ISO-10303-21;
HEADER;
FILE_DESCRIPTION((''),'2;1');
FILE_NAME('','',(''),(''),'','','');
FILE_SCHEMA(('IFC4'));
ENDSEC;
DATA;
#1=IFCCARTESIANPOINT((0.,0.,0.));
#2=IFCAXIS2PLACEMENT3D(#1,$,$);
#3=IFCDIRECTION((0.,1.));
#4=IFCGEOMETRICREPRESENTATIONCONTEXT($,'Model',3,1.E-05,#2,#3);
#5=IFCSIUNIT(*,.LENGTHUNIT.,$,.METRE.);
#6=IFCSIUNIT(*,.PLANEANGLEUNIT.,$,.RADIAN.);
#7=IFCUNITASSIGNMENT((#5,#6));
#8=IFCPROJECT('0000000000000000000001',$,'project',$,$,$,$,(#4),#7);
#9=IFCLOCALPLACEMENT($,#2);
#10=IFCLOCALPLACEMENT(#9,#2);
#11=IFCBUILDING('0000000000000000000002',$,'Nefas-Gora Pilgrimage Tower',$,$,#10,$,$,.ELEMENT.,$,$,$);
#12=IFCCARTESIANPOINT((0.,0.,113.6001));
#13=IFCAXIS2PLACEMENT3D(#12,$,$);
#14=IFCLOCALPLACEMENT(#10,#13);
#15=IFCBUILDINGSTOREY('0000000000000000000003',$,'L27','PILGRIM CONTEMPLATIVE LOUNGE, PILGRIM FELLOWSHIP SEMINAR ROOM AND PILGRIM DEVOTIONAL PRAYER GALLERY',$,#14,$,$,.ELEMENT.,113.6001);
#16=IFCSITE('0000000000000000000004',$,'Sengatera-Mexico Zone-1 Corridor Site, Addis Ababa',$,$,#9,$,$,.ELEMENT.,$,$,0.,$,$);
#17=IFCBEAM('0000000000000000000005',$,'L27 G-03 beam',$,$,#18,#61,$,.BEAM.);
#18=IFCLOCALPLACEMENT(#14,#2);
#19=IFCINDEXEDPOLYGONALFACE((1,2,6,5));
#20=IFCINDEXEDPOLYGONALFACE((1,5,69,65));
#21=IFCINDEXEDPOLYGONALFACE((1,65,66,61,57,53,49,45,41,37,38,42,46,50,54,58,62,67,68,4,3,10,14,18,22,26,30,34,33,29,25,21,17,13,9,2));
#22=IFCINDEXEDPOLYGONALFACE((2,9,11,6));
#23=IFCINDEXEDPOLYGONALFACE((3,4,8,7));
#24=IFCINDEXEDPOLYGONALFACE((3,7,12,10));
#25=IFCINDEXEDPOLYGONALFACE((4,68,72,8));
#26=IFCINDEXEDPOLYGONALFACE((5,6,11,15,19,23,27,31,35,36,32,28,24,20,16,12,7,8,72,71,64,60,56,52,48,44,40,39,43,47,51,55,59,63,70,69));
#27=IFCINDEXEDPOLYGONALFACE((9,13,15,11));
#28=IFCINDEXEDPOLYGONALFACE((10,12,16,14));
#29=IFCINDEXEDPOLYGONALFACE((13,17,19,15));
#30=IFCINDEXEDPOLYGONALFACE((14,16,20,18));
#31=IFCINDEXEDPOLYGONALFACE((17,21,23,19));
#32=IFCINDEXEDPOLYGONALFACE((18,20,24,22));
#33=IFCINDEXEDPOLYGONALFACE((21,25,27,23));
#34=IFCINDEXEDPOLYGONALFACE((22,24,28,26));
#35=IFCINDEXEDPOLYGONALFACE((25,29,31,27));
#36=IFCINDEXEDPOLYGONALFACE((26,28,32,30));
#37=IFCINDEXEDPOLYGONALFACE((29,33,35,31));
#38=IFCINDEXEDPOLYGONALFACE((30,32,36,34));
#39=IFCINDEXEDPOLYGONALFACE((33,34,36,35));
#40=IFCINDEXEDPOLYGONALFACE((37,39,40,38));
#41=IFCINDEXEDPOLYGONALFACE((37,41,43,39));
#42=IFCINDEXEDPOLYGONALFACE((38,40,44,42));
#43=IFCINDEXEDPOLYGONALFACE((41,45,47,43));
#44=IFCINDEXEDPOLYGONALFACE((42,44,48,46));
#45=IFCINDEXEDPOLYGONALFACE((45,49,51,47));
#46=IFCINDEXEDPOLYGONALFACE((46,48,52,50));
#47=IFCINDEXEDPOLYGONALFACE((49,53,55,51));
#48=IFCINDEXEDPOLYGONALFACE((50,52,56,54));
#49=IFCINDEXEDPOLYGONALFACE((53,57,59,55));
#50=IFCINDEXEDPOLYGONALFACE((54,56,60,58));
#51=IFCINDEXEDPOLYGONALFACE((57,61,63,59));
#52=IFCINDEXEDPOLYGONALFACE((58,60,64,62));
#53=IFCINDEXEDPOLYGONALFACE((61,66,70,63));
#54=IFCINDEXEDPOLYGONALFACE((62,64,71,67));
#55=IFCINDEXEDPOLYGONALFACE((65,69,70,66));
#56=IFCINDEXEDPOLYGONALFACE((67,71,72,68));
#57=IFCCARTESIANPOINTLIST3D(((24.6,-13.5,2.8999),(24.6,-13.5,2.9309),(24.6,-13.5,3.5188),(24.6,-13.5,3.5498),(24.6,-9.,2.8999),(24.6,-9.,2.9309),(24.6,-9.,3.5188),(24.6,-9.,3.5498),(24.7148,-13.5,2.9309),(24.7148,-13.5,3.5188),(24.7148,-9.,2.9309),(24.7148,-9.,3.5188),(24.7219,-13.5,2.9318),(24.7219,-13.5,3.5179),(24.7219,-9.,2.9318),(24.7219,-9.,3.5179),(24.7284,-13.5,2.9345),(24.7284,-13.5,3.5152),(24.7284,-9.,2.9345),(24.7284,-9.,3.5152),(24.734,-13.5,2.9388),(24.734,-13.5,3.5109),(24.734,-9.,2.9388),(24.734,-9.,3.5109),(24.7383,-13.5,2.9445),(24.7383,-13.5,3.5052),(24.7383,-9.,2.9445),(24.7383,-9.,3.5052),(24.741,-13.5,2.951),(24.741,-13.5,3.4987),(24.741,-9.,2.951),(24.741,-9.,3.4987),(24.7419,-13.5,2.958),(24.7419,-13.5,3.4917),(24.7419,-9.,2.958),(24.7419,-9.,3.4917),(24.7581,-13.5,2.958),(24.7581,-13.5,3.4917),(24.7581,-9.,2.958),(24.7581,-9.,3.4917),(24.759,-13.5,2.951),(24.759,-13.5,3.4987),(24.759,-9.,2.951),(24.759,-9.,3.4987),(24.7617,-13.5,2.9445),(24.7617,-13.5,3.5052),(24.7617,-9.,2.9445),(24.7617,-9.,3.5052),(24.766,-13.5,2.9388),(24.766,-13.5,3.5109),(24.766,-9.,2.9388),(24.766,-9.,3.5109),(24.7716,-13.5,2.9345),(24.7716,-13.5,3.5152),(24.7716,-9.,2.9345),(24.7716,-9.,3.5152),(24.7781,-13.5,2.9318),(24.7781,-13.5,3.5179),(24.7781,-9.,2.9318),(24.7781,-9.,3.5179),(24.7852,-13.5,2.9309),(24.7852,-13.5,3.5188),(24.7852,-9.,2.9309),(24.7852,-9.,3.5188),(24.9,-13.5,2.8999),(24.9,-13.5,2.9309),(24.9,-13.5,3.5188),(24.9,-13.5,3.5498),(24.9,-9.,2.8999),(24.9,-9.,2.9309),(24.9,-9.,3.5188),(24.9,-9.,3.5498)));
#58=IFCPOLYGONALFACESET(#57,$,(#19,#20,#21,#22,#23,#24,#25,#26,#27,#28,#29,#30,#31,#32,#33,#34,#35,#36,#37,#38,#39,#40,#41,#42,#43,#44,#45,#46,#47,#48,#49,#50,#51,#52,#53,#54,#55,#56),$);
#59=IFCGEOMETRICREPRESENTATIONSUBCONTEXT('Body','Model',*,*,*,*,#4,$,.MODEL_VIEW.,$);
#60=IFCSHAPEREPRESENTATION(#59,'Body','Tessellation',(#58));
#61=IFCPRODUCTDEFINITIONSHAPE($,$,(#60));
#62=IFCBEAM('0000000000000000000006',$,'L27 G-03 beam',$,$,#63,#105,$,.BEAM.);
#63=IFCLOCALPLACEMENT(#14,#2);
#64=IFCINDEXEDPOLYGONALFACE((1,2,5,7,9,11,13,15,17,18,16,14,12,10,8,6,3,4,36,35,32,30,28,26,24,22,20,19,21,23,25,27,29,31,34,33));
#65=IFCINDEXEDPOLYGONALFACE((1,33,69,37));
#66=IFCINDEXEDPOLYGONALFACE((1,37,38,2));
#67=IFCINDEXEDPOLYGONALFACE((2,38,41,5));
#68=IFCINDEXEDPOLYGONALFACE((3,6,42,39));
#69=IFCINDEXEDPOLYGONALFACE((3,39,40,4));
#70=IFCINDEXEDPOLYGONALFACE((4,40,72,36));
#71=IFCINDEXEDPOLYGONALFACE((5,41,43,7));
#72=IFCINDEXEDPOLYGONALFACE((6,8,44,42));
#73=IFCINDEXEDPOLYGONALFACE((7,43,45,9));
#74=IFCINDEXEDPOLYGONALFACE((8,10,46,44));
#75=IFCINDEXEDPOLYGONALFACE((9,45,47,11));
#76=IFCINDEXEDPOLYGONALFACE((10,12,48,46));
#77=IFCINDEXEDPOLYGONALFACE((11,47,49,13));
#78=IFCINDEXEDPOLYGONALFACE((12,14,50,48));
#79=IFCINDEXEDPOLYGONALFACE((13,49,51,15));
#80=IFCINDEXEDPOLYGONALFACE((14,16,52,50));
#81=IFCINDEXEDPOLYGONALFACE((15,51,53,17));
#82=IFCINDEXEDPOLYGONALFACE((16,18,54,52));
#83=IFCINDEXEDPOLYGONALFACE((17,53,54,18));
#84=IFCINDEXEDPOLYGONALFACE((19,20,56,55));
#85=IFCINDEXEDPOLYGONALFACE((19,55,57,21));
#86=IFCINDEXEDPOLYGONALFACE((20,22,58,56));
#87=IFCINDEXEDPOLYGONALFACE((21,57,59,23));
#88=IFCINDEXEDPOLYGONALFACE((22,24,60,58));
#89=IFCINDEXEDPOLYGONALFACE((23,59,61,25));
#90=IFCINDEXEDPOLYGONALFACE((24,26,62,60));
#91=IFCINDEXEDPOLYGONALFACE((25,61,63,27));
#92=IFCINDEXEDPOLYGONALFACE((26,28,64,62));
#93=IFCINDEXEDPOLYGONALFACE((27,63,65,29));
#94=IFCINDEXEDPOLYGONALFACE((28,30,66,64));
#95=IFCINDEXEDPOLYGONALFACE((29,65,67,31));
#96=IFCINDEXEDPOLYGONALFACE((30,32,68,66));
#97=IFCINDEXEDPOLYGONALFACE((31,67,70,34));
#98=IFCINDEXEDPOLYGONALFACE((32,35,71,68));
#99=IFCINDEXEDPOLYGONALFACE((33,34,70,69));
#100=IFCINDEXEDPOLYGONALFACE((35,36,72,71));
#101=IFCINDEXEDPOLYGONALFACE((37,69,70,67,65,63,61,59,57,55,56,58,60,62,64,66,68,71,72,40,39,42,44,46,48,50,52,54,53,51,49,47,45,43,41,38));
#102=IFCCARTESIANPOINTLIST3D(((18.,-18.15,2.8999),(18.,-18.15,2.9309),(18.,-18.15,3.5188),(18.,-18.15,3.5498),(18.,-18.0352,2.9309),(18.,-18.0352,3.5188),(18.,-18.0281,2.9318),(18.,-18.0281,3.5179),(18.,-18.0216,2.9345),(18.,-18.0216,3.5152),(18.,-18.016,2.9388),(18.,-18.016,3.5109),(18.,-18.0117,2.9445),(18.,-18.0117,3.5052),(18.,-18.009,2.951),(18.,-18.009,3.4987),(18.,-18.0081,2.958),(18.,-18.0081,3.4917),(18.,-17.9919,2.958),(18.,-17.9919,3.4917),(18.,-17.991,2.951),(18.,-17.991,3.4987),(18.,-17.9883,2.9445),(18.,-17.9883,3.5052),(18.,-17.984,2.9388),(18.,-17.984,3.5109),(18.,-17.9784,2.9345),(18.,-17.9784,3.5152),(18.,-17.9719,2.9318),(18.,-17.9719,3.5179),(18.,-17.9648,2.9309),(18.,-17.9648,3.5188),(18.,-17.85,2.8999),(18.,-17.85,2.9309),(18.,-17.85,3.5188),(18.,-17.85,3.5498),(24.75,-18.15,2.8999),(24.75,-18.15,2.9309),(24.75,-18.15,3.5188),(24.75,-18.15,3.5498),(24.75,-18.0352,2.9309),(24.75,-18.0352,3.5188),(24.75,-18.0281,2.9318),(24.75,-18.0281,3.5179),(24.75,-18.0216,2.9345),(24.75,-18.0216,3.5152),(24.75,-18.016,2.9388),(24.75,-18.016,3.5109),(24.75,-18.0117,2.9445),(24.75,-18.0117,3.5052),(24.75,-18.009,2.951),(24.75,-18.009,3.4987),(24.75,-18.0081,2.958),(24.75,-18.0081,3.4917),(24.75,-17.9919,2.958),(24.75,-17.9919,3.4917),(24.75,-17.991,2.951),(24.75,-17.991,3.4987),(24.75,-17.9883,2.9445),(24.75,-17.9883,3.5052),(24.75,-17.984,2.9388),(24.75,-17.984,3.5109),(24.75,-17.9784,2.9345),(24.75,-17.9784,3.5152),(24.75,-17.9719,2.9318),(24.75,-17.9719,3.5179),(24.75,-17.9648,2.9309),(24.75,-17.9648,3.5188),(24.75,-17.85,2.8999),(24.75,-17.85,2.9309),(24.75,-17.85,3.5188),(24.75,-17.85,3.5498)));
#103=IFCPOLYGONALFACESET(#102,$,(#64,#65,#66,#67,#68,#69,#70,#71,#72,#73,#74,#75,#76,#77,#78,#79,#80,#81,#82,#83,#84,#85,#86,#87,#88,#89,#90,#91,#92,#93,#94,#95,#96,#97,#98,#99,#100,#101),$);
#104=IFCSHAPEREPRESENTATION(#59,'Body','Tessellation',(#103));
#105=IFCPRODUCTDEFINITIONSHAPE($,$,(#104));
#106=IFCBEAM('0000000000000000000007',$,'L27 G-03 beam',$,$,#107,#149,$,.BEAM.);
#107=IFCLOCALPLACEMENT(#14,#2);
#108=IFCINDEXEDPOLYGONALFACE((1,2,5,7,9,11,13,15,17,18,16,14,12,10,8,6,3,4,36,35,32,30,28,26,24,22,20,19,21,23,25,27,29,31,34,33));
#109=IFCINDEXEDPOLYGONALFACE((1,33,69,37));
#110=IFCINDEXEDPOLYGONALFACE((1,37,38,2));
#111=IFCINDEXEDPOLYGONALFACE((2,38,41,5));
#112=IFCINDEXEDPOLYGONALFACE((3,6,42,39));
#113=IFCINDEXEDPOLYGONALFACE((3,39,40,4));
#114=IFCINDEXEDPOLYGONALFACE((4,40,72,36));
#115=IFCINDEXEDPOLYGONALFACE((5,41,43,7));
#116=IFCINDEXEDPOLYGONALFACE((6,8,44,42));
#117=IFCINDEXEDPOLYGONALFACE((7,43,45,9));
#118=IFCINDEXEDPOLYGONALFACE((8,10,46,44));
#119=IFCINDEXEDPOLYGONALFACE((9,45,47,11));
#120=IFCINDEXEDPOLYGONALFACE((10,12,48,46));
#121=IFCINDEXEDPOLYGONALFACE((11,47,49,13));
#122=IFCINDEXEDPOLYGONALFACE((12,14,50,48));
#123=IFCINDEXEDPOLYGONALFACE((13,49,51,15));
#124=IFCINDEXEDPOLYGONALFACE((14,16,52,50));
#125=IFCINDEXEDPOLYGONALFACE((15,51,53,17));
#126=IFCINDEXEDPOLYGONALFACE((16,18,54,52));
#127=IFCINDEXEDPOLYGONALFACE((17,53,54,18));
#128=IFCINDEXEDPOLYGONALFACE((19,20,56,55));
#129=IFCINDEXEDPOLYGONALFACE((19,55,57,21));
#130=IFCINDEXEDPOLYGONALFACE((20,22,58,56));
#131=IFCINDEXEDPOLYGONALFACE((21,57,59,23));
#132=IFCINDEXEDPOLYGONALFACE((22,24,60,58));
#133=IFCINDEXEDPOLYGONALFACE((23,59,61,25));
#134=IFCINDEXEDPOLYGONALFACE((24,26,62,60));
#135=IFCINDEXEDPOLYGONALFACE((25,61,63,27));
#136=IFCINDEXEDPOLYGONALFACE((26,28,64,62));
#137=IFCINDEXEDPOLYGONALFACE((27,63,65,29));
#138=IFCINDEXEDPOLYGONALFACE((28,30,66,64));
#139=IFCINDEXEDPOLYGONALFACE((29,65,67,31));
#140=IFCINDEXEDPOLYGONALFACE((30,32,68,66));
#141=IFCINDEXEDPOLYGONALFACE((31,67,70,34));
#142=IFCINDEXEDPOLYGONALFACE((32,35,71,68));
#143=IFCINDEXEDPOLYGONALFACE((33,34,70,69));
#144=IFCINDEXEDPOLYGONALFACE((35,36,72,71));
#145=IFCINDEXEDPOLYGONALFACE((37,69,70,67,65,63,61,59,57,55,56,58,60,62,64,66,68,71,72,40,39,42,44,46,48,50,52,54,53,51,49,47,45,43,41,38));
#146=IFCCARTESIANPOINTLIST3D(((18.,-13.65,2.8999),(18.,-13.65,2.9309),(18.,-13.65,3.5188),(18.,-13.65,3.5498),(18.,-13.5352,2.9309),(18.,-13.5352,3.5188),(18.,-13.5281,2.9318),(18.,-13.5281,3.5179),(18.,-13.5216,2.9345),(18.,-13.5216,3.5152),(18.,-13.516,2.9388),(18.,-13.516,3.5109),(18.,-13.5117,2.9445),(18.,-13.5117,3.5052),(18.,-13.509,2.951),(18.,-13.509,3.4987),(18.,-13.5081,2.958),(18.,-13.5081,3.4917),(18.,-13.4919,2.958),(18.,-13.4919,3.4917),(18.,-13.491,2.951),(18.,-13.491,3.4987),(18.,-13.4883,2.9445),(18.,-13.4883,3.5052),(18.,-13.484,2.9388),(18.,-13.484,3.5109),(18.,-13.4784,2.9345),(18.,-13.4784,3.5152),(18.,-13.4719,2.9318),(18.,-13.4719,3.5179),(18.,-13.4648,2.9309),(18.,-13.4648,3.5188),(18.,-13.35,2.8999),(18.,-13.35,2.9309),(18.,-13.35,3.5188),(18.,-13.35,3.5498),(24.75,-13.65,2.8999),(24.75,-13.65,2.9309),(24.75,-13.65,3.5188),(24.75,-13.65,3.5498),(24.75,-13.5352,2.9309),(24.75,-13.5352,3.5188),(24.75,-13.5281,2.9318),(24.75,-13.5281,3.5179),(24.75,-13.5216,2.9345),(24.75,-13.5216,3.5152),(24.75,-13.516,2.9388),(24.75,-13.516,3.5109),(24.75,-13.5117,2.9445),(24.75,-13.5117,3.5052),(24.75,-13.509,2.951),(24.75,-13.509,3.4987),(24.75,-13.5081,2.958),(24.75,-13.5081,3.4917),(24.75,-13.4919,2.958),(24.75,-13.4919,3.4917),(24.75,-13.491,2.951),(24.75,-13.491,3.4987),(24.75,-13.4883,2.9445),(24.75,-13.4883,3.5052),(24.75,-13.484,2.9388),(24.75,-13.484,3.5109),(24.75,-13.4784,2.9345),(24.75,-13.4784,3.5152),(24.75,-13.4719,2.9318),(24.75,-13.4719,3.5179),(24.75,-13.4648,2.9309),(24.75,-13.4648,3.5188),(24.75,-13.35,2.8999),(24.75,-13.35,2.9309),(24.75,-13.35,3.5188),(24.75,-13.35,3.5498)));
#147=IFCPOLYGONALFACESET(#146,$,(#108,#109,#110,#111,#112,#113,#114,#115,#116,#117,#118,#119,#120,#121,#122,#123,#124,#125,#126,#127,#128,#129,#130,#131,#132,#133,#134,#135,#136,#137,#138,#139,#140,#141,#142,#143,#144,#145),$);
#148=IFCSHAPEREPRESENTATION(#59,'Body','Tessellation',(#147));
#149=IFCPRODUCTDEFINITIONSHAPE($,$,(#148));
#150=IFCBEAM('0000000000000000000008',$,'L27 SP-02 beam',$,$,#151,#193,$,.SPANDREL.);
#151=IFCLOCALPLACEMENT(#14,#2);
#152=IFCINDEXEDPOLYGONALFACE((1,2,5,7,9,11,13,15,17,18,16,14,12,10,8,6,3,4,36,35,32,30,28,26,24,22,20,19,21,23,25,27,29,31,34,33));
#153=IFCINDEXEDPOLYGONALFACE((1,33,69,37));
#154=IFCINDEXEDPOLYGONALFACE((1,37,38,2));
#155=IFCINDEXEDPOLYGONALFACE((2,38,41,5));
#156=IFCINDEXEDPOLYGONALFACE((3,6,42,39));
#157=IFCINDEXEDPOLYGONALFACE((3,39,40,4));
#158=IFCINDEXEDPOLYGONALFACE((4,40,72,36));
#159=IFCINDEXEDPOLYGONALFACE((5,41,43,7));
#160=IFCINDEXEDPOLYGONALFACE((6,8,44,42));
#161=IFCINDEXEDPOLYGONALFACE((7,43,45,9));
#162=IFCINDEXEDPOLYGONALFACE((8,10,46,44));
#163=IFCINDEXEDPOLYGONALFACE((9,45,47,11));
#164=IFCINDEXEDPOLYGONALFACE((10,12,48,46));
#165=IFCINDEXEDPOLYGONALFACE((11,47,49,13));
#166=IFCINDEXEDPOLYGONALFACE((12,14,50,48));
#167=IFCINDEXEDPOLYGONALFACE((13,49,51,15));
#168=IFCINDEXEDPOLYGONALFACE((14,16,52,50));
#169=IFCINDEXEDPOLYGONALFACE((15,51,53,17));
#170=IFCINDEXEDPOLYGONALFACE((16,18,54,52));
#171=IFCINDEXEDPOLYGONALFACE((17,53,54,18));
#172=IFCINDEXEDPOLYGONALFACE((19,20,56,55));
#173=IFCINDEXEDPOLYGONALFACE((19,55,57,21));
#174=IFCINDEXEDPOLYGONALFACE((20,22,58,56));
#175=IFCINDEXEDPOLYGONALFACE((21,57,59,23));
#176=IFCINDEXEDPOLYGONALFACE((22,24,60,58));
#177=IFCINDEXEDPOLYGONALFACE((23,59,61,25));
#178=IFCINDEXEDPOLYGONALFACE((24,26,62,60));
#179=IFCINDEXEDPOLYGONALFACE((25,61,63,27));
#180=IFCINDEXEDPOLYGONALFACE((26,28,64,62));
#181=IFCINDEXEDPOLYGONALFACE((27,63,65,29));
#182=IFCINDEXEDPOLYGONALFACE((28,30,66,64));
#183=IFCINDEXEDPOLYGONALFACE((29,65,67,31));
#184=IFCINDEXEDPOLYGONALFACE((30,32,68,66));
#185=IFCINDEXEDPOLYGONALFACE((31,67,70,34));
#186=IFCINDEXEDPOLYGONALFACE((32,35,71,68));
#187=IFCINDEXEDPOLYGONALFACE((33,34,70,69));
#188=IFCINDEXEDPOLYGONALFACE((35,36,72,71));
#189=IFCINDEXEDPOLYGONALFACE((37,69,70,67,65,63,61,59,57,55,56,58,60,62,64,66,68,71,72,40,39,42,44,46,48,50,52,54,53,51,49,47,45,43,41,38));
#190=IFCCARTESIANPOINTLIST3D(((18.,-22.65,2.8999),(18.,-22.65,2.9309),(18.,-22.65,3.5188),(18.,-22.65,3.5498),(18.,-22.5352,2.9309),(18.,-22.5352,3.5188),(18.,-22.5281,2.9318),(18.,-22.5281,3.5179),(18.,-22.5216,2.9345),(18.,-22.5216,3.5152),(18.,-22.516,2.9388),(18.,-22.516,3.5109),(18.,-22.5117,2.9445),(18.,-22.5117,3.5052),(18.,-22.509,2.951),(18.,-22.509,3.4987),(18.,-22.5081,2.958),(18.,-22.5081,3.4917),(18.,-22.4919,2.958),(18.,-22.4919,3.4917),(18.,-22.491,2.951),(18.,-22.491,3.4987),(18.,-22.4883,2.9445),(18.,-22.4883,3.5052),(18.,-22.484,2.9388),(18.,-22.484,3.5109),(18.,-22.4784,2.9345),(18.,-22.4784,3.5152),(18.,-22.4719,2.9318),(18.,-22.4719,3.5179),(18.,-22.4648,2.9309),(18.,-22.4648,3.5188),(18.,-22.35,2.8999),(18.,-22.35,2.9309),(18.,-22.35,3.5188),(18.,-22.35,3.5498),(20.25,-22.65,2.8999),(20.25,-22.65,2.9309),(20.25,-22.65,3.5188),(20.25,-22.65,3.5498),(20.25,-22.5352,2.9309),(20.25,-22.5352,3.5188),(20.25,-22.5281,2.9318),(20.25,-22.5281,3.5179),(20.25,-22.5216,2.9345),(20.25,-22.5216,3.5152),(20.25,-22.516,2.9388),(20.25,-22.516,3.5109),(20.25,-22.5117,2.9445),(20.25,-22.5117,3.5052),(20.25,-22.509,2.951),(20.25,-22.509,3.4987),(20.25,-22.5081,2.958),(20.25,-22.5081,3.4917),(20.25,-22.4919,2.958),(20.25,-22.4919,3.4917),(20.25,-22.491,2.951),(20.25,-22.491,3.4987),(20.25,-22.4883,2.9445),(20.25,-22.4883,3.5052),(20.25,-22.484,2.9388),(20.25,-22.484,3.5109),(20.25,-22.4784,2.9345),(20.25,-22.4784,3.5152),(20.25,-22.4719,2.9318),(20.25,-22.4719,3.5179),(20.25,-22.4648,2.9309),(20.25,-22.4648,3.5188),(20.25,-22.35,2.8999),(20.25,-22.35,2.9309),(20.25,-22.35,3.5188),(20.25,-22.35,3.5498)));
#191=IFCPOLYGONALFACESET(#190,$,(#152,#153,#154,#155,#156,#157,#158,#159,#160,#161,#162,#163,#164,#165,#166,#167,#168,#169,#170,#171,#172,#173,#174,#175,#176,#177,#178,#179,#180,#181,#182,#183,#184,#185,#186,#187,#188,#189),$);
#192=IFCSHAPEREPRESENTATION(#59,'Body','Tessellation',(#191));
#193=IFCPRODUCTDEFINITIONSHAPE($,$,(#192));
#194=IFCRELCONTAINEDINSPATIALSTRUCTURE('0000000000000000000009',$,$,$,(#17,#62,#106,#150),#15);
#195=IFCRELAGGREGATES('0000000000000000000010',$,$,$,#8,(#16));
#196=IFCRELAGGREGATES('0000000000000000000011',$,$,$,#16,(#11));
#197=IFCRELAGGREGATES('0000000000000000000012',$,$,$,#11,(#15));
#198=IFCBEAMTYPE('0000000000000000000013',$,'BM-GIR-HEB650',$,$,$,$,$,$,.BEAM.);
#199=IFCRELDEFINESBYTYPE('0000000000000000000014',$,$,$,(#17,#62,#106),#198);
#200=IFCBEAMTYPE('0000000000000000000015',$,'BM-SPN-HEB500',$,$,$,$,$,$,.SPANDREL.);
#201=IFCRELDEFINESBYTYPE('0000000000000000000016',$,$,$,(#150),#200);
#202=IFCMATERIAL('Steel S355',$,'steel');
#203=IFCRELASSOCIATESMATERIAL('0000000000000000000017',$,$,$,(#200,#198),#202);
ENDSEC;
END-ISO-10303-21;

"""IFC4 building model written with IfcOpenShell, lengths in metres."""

from ifc_helpers import new_model, si_unit, direction, frame, origin, origin_2d, place, context, subcontext, project, spatial, i_section, extrude, source, transform, mapped, material, material_profile, profile_set, type_object, element, save


model = new_model("IFC4")

# Units and contexts
model_context = context("Model", 3, precision=1e-05, world=origin(), true_north=direction((0.0, 1.0)))
body_context = subcontext(model_context, "Body", "Model", "MODEL_VIEW")
ifc_project = project(units=[si_unit("LENGTHUNIT", "METRE"), si_unit("PLANEANGLEUNIT", "RADIAN")], contexts=[model_context])

# Site, building, storey
site_placement = place(None, origin())
site = spatial("IfcSite", under=ifc_project, at=site_placement, Name="Sengatera-Mexico Zone-1 Corridor Site, Addis Ababa", CompositionType="ELEMENT", RefElevation=0.0)
building_placement = place(site_placement, origin())
building = spatial("IfcBuilding", under=site, at=building_placement, Name="Nefas-Gora Pilgrimage Tower", CompositionType="ELEMENT")
storey_placement = place(building_placement, frame((0.0, 0.0, 113.6001)))
storey = spatial("IfcBuildingStorey", under=building, at=storey_placement, Name="L27", Description="PILGRIM CONTEMPLATIVE LOUNGE, PILGRIM FELLOWSHIP SEMINAR ROOM AND PILGRIM DEVOTIONAL PRAYER GALLERY", CompositionType="ELEMENT", Elevation=113.6001)

# Beams
ifc_material_1 = material(Name="Steel S355", Category="steel")
ifc_material_profile_1 = material_profile(ifc_material_1, i_section(OverallWidth=0.3, OverallDepth=0.6499, WebThickness=0.0161, FlangeThickness=0.031, FilletRadius=0.0271, at=origin_2d()), Name="HEB 650")
ifc_profile_set_1 = profile_set([ifc_material_profile_1], Name="Steel S355")
beam_type_1 = type_object("IfcBeamType", Name="BM-SPN-HEB500", PredefinedType="SPANDREL", material=ifc_profile_set_1)
ifc_material_profile_2 = material_profile(ifc_material_1, i_section(OverallWidth=0.3, OverallDepth=0.6499, WebThickness=0.0161, FlangeThickness=0.031, FilletRadius=0.0271, at=origin_2d()), Name="HEB 650")
ifc_profile_set_2 = profile_set([ifc_material_profile_2], Name="Steel S355")
beam_type_2 = type_object("IfcBeamType", Name="BM-GIR-HEB650", PredefinedType="BEAM", material=ifc_profile_set_2)
shared_shape_1 = source(origin(), body_context, "Body", "SweptSolid", [
    extrude(i_section(OverallWidth=0.3, OverallDepth=0.6499, WebThickness=0.0161, FlangeThickness=0.031, FilletRadius=0.0271, at=origin_2d()), origin(), (0.0, 0.0, 1.0), 4.5),
])
for number, where, z_axis, x_axis, name in (
    (1, (24.75, -13.5, 3.2249), (0.0, 1.0, 0.0), (-1.0, 0.0, 0.0), "L27 G-03 beam"),
):
    element("IfcBeam", number, at=place(storey_placement, frame(where, z_axis=z_axis, x_axis=x_axis)), inside=storey, type_object=beam_type_2, Name=name, PredefinedType="BEAM", context=body_context, shape_type="MappedRepresentation", body=[
        mapped(shared_shape_1, transform((0.0, 0.0, 0.0), x_axis=(1.0, 0.0, 0.0), y_axis=(0.0, 1.0, 0.0), z_axis=(0.0, 0.0, 1.0), scale=1.0)),
    ])
shared_shape_2 = source(origin(), body_context, "Body", "SweptSolid", [
    extrude(i_section(OverallWidth=0.3, OverallDepth=0.6499, WebThickness=0.0161, FlangeThickness=0.031, FilletRadius=0.0271, at=origin_2d()), origin(), (0.0, 0.0, 1.0), 6.75),
])
for number, where, z_axis, x_axis, name in (
    (2, (18.0, -18.0, 3.2249), (1.0, 0.0, 0.0), (0.0, 1.0, 0.0), "L27 G-03 beam"),
    (3, (18.0, -13.5, 3.2249), (1.0, 0.0, 0.0), (0.0, 1.0, 0.0), "L27 G-03 beam"),
):
    element("IfcBeam", number, at=place(storey_placement, frame(where, z_axis=z_axis, x_axis=x_axis)), inside=storey, type_object=beam_type_2, Name=name, PredefinedType="BEAM", context=body_context, shape_type="MappedRepresentation", body=[
        mapped(shared_shape_2, transform((0.0, 0.0, 0.0), x_axis=(1.0, 0.0, 0.0), y_axis=(0.0, 1.0, 0.0), z_axis=(0.0, 0.0, 1.0), scale=1.0)),
    ])
shared_shape_3 = source(origin(), body_context, "Body", "SweptSolid", [
    extrude(i_section(OverallWidth=0.3, OverallDepth=0.6499, WebThickness=0.0161, FlangeThickness=0.031, FilletRadius=0.0271, at=origin_2d()), origin(), (0.0, 0.0, 1.0), 2.25),
])
beam_1_placement = place(storey_placement, frame((18.0, -22.5, 3.2249), z_axis=(1.0, 0.0, 0.0), x_axis=(0.0, 1.0, 0.0)))
element("IfcBeam", 4, at=beam_1_placement, inside=storey, type_object=beam_type_1, Name="L27 SP-02 beam", PredefinedType="SPANDREL", context=body_context, shape_type="MappedRepresentation", body=[
    mapped(shared_shape_3, transform((0.0, 0.0, 0.0), x_axis=(1.0, 0.0, 0.0), y_axis=(0.0, 1.0, 0.0), z_axis=(0.0, 0.0, 1.0), scale=1.0)),
])

save(model, "model.ifc")
